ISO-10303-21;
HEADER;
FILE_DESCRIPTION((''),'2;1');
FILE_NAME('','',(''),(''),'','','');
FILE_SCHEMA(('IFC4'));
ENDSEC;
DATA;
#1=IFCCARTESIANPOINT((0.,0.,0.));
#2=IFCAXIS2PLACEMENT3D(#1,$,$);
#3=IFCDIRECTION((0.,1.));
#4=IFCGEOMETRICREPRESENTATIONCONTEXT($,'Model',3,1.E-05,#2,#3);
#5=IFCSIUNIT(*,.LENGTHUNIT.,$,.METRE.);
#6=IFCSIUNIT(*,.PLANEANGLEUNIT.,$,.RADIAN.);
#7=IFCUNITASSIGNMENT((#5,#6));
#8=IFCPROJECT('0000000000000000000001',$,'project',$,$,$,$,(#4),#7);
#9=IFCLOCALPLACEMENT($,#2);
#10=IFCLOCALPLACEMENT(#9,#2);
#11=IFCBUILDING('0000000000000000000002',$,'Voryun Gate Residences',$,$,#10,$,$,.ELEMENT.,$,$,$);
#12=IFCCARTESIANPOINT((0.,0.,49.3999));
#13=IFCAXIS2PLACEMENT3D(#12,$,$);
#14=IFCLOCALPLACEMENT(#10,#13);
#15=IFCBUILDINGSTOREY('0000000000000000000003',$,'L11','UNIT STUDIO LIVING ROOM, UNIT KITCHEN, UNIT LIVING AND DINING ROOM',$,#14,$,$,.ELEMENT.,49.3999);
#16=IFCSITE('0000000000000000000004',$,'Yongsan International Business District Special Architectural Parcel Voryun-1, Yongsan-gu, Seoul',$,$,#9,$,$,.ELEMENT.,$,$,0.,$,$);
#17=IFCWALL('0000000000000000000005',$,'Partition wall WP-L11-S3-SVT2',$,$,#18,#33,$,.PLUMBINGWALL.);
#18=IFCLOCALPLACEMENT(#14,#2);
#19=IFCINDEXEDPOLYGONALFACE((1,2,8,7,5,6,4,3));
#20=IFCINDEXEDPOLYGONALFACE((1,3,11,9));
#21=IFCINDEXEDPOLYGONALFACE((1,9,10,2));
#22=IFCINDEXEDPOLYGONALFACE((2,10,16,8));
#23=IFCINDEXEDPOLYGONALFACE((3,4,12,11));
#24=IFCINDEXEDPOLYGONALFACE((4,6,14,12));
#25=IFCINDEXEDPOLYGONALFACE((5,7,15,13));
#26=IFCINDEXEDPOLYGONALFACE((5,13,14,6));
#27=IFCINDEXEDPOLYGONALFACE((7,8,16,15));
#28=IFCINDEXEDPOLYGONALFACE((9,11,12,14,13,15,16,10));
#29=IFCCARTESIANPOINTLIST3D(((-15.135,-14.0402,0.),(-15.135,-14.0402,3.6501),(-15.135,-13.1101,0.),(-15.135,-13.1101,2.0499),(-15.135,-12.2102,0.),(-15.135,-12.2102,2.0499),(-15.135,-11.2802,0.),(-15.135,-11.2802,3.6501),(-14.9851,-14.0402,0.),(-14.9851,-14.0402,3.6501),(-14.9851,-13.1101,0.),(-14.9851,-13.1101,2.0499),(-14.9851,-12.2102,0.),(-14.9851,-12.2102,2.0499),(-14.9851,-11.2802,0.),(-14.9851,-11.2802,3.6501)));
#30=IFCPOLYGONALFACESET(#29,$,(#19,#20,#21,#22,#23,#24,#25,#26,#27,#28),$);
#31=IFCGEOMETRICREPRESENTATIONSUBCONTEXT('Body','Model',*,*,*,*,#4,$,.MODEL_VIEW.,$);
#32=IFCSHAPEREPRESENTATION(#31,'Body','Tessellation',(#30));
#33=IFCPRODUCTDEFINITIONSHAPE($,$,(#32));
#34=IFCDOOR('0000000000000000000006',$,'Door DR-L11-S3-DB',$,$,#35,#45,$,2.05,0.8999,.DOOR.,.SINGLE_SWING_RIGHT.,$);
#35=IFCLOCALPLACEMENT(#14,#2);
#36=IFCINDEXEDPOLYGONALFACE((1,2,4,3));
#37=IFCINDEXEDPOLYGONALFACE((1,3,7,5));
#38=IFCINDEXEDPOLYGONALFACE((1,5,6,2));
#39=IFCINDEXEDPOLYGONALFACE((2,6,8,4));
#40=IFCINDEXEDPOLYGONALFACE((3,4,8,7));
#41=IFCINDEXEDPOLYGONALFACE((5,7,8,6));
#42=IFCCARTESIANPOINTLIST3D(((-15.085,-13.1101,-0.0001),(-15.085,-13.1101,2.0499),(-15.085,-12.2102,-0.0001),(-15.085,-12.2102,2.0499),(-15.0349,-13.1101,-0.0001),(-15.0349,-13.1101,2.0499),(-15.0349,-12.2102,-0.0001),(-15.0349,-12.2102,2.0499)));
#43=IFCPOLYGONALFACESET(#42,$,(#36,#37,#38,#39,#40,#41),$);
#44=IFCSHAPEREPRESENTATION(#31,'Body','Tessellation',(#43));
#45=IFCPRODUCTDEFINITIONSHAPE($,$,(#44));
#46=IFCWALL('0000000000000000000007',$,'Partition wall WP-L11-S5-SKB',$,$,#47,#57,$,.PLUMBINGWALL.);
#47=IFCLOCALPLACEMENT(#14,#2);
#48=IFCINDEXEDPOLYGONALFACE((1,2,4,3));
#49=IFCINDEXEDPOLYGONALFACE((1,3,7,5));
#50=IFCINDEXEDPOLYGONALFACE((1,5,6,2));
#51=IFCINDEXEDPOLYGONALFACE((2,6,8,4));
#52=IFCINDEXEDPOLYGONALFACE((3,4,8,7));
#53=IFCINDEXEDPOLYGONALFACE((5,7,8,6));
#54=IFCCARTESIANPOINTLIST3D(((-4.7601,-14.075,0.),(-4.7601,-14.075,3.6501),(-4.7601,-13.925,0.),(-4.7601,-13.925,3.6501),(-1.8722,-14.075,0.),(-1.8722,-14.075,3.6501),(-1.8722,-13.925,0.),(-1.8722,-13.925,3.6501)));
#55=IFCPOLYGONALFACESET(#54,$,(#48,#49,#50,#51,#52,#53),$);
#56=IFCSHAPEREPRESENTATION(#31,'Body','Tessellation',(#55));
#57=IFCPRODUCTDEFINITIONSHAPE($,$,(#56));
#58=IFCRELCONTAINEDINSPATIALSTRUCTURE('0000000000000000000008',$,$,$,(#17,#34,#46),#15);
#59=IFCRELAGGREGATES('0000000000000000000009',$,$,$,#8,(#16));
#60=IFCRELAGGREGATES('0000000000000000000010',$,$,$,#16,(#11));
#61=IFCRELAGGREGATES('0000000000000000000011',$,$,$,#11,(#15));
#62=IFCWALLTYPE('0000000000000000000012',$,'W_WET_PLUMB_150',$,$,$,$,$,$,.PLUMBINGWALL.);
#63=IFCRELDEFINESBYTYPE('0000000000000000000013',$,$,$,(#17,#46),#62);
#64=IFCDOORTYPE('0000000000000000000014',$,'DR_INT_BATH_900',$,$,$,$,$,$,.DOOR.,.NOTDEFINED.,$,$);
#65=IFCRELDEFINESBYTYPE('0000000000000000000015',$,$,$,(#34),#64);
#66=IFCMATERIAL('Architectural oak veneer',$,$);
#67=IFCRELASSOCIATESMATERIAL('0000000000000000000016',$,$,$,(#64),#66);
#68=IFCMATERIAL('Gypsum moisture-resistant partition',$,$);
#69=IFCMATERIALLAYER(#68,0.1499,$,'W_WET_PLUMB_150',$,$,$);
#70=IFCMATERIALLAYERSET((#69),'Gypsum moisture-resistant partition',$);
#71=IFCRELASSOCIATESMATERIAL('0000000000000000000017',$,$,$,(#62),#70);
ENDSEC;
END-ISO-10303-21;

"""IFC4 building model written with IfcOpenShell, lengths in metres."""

from ifc_helpers import new_model, si_unit, direction, frame, frame_2d, origin, place, context, subcontext, project, spatial, rectangle, extrude, material, layer, layer_set, type_object, element, fill, save


model = new_model("IFC4")

# Units and contexts
model_context = context("Model", 3, precision=1e-05, world=origin(), true_north=direction((0.0, 1.0)))
body_context = subcontext(model_context, "Body", "Model", "MODEL_VIEW")
ifc_project = project(units=[si_unit("LENGTHUNIT", "METRE"), si_unit("PLANEANGLEUNIT", "RADIAN")], contexts=[model_context])

# Site, building, storey
site_placement = place(None, origin())
site = spatial("IfcSite", under=ifc_project, at=site_placement, Name="Yongsan International Business District Special Architectural Parcel Voryun-1, Yongsan-gu, Seoul", CompositionType="ELEMENT", RefElevation=0.0)
building_placement = place(site_placement, origin())
building = spatial("IfcBuilding", under=site, at=building_placement, Name="Voryun Gate Residences", CompositionType="ELEMENT")
storey_placement = place(building_placement, frame((0.0, 0.0, 49.3999)))
storey = spatial("IfcBuildingStorey", under=building, at=storey_placement, Name="L11", Description="UNIT STUDIO LIVING ROOM, UNIT KITCHEN, UNIT LIVING AND DINING ROOM", CompositionType="ELEMENT", Elevation=49.3999)

# Shared definitions
ifc_material_1 = material(Name="Architectural oak veneer")
door_type = type_object("IfcDoorType", Name="DR_INT_BATH_900", OperationType="NOTDEFINED", PredefinedType="DOOR", material=ifc_material_1)

# Shared definitions
ifc_material_2 = material(Name="Gypsum moisture-resistant partition")
ifc_layer_1 = layer(ifc_material_2, 0.1499, Name="W_WET_PLUMB_150")
ifc_layer_set_1 = layer_set([ifc_layer_1], Name="Gypsum moisture-resistant partition")
wall_type_1 = type_object("IfcWallType", Name="W_WET_PLUMB_150", PredefinedType="PLUMBINGWALL", material=ifc_layer_set_1)

# Wall, opening, door
wall_1_placement = place(storey_placement, frame((-15.0601, -14.04, 0.0), z_axis=(0.0, 0.0, 1.0), x_axis=(0.0, 1.0, 0.0)))
wall_1 = element("IfcWall", 1, at=wall_1_placement, inside=storey, type_object=wall_type_1, Name="Partition wall WP-L11-S3-SVT2", PredefinedType="PLUMBINGWALL", context=body_context, shape_type="SweptSolid", body=[
    extrude(rectangle(XDim=2.76, YDim=0.1499, at=frame_2d((1.3799, 0.0))), origin(), (0.0, 0.0, 1.0), 3.6501),
])
opening_1_placement = place(wall_1_placement, frame((0.9299, 0.0, 0.0)))
opening_1 = element("IfcOpeningElement", 2, at=opening_1_placement, cuts=wall_1, PredefinedType="OPENING", context=body_context, shape_type="SweptSolid", body=[
    extrude(rectangle(XDim=0.8999, YDim=2.05, at=frame_2d((0.45, 1.0249))), frame((0.0, 0.085, 0.0), z_axis=(0.0, -1.0, 0.0), x_axis=(1.0, 0.0, 0.0)), (0.0, 0.0, 1.0), 0.1699),
])
door_1_placement = place(opening_1_placement, origin())
door_1 = element("IfcDoor", 3, at=door_1_placement, inside=storey, type_object=door_type, Name="Door DR-L11-S3-DB", OperationType="SINGLE_SWING_RIGHT", OverallHeight=2.05, OverallWidth=0.8999, PredefinedType="DOOR", context=body_context, shape_type="SweptSolid", body=[
    extrude(rectangle(XDim=0.8999, YDim=2.05, at=frame_2d((0.45, 1.0249))), frame((0.0, 0.0249, 0.0), z_axis=(0.0, -1.0, 0.0), x_axis=(1.0, 0.0, 0.0)), (0.0, 0.0, 1.0), 0.05),
])
fill(opening_1, door_1)

# Wall
wall_2_placement = place(storey_placement, frame((-4.76, -14.0, 0.0), z_axis=(0.0, 0.0, 1.0), x_axis=(1.0, 0.0, 0.0)))
element("IfcWall", 4, at=wall_2_placement, inside=storey, type_object=wall_type_1, Name="Partition wall WP-L11-S5-SKB", PredefinedType="PLUMBINGWALL", context=body_context, shape_type="SweptSolid", body=[
    extrude(rectangle(XDim=2.8879, YDim=0.1499, at=frame_2d((1.4438, 0.0))), origin(), (0.0, 0.0, 1.0), 3.6501),
])

save(model, "model.ifc")
